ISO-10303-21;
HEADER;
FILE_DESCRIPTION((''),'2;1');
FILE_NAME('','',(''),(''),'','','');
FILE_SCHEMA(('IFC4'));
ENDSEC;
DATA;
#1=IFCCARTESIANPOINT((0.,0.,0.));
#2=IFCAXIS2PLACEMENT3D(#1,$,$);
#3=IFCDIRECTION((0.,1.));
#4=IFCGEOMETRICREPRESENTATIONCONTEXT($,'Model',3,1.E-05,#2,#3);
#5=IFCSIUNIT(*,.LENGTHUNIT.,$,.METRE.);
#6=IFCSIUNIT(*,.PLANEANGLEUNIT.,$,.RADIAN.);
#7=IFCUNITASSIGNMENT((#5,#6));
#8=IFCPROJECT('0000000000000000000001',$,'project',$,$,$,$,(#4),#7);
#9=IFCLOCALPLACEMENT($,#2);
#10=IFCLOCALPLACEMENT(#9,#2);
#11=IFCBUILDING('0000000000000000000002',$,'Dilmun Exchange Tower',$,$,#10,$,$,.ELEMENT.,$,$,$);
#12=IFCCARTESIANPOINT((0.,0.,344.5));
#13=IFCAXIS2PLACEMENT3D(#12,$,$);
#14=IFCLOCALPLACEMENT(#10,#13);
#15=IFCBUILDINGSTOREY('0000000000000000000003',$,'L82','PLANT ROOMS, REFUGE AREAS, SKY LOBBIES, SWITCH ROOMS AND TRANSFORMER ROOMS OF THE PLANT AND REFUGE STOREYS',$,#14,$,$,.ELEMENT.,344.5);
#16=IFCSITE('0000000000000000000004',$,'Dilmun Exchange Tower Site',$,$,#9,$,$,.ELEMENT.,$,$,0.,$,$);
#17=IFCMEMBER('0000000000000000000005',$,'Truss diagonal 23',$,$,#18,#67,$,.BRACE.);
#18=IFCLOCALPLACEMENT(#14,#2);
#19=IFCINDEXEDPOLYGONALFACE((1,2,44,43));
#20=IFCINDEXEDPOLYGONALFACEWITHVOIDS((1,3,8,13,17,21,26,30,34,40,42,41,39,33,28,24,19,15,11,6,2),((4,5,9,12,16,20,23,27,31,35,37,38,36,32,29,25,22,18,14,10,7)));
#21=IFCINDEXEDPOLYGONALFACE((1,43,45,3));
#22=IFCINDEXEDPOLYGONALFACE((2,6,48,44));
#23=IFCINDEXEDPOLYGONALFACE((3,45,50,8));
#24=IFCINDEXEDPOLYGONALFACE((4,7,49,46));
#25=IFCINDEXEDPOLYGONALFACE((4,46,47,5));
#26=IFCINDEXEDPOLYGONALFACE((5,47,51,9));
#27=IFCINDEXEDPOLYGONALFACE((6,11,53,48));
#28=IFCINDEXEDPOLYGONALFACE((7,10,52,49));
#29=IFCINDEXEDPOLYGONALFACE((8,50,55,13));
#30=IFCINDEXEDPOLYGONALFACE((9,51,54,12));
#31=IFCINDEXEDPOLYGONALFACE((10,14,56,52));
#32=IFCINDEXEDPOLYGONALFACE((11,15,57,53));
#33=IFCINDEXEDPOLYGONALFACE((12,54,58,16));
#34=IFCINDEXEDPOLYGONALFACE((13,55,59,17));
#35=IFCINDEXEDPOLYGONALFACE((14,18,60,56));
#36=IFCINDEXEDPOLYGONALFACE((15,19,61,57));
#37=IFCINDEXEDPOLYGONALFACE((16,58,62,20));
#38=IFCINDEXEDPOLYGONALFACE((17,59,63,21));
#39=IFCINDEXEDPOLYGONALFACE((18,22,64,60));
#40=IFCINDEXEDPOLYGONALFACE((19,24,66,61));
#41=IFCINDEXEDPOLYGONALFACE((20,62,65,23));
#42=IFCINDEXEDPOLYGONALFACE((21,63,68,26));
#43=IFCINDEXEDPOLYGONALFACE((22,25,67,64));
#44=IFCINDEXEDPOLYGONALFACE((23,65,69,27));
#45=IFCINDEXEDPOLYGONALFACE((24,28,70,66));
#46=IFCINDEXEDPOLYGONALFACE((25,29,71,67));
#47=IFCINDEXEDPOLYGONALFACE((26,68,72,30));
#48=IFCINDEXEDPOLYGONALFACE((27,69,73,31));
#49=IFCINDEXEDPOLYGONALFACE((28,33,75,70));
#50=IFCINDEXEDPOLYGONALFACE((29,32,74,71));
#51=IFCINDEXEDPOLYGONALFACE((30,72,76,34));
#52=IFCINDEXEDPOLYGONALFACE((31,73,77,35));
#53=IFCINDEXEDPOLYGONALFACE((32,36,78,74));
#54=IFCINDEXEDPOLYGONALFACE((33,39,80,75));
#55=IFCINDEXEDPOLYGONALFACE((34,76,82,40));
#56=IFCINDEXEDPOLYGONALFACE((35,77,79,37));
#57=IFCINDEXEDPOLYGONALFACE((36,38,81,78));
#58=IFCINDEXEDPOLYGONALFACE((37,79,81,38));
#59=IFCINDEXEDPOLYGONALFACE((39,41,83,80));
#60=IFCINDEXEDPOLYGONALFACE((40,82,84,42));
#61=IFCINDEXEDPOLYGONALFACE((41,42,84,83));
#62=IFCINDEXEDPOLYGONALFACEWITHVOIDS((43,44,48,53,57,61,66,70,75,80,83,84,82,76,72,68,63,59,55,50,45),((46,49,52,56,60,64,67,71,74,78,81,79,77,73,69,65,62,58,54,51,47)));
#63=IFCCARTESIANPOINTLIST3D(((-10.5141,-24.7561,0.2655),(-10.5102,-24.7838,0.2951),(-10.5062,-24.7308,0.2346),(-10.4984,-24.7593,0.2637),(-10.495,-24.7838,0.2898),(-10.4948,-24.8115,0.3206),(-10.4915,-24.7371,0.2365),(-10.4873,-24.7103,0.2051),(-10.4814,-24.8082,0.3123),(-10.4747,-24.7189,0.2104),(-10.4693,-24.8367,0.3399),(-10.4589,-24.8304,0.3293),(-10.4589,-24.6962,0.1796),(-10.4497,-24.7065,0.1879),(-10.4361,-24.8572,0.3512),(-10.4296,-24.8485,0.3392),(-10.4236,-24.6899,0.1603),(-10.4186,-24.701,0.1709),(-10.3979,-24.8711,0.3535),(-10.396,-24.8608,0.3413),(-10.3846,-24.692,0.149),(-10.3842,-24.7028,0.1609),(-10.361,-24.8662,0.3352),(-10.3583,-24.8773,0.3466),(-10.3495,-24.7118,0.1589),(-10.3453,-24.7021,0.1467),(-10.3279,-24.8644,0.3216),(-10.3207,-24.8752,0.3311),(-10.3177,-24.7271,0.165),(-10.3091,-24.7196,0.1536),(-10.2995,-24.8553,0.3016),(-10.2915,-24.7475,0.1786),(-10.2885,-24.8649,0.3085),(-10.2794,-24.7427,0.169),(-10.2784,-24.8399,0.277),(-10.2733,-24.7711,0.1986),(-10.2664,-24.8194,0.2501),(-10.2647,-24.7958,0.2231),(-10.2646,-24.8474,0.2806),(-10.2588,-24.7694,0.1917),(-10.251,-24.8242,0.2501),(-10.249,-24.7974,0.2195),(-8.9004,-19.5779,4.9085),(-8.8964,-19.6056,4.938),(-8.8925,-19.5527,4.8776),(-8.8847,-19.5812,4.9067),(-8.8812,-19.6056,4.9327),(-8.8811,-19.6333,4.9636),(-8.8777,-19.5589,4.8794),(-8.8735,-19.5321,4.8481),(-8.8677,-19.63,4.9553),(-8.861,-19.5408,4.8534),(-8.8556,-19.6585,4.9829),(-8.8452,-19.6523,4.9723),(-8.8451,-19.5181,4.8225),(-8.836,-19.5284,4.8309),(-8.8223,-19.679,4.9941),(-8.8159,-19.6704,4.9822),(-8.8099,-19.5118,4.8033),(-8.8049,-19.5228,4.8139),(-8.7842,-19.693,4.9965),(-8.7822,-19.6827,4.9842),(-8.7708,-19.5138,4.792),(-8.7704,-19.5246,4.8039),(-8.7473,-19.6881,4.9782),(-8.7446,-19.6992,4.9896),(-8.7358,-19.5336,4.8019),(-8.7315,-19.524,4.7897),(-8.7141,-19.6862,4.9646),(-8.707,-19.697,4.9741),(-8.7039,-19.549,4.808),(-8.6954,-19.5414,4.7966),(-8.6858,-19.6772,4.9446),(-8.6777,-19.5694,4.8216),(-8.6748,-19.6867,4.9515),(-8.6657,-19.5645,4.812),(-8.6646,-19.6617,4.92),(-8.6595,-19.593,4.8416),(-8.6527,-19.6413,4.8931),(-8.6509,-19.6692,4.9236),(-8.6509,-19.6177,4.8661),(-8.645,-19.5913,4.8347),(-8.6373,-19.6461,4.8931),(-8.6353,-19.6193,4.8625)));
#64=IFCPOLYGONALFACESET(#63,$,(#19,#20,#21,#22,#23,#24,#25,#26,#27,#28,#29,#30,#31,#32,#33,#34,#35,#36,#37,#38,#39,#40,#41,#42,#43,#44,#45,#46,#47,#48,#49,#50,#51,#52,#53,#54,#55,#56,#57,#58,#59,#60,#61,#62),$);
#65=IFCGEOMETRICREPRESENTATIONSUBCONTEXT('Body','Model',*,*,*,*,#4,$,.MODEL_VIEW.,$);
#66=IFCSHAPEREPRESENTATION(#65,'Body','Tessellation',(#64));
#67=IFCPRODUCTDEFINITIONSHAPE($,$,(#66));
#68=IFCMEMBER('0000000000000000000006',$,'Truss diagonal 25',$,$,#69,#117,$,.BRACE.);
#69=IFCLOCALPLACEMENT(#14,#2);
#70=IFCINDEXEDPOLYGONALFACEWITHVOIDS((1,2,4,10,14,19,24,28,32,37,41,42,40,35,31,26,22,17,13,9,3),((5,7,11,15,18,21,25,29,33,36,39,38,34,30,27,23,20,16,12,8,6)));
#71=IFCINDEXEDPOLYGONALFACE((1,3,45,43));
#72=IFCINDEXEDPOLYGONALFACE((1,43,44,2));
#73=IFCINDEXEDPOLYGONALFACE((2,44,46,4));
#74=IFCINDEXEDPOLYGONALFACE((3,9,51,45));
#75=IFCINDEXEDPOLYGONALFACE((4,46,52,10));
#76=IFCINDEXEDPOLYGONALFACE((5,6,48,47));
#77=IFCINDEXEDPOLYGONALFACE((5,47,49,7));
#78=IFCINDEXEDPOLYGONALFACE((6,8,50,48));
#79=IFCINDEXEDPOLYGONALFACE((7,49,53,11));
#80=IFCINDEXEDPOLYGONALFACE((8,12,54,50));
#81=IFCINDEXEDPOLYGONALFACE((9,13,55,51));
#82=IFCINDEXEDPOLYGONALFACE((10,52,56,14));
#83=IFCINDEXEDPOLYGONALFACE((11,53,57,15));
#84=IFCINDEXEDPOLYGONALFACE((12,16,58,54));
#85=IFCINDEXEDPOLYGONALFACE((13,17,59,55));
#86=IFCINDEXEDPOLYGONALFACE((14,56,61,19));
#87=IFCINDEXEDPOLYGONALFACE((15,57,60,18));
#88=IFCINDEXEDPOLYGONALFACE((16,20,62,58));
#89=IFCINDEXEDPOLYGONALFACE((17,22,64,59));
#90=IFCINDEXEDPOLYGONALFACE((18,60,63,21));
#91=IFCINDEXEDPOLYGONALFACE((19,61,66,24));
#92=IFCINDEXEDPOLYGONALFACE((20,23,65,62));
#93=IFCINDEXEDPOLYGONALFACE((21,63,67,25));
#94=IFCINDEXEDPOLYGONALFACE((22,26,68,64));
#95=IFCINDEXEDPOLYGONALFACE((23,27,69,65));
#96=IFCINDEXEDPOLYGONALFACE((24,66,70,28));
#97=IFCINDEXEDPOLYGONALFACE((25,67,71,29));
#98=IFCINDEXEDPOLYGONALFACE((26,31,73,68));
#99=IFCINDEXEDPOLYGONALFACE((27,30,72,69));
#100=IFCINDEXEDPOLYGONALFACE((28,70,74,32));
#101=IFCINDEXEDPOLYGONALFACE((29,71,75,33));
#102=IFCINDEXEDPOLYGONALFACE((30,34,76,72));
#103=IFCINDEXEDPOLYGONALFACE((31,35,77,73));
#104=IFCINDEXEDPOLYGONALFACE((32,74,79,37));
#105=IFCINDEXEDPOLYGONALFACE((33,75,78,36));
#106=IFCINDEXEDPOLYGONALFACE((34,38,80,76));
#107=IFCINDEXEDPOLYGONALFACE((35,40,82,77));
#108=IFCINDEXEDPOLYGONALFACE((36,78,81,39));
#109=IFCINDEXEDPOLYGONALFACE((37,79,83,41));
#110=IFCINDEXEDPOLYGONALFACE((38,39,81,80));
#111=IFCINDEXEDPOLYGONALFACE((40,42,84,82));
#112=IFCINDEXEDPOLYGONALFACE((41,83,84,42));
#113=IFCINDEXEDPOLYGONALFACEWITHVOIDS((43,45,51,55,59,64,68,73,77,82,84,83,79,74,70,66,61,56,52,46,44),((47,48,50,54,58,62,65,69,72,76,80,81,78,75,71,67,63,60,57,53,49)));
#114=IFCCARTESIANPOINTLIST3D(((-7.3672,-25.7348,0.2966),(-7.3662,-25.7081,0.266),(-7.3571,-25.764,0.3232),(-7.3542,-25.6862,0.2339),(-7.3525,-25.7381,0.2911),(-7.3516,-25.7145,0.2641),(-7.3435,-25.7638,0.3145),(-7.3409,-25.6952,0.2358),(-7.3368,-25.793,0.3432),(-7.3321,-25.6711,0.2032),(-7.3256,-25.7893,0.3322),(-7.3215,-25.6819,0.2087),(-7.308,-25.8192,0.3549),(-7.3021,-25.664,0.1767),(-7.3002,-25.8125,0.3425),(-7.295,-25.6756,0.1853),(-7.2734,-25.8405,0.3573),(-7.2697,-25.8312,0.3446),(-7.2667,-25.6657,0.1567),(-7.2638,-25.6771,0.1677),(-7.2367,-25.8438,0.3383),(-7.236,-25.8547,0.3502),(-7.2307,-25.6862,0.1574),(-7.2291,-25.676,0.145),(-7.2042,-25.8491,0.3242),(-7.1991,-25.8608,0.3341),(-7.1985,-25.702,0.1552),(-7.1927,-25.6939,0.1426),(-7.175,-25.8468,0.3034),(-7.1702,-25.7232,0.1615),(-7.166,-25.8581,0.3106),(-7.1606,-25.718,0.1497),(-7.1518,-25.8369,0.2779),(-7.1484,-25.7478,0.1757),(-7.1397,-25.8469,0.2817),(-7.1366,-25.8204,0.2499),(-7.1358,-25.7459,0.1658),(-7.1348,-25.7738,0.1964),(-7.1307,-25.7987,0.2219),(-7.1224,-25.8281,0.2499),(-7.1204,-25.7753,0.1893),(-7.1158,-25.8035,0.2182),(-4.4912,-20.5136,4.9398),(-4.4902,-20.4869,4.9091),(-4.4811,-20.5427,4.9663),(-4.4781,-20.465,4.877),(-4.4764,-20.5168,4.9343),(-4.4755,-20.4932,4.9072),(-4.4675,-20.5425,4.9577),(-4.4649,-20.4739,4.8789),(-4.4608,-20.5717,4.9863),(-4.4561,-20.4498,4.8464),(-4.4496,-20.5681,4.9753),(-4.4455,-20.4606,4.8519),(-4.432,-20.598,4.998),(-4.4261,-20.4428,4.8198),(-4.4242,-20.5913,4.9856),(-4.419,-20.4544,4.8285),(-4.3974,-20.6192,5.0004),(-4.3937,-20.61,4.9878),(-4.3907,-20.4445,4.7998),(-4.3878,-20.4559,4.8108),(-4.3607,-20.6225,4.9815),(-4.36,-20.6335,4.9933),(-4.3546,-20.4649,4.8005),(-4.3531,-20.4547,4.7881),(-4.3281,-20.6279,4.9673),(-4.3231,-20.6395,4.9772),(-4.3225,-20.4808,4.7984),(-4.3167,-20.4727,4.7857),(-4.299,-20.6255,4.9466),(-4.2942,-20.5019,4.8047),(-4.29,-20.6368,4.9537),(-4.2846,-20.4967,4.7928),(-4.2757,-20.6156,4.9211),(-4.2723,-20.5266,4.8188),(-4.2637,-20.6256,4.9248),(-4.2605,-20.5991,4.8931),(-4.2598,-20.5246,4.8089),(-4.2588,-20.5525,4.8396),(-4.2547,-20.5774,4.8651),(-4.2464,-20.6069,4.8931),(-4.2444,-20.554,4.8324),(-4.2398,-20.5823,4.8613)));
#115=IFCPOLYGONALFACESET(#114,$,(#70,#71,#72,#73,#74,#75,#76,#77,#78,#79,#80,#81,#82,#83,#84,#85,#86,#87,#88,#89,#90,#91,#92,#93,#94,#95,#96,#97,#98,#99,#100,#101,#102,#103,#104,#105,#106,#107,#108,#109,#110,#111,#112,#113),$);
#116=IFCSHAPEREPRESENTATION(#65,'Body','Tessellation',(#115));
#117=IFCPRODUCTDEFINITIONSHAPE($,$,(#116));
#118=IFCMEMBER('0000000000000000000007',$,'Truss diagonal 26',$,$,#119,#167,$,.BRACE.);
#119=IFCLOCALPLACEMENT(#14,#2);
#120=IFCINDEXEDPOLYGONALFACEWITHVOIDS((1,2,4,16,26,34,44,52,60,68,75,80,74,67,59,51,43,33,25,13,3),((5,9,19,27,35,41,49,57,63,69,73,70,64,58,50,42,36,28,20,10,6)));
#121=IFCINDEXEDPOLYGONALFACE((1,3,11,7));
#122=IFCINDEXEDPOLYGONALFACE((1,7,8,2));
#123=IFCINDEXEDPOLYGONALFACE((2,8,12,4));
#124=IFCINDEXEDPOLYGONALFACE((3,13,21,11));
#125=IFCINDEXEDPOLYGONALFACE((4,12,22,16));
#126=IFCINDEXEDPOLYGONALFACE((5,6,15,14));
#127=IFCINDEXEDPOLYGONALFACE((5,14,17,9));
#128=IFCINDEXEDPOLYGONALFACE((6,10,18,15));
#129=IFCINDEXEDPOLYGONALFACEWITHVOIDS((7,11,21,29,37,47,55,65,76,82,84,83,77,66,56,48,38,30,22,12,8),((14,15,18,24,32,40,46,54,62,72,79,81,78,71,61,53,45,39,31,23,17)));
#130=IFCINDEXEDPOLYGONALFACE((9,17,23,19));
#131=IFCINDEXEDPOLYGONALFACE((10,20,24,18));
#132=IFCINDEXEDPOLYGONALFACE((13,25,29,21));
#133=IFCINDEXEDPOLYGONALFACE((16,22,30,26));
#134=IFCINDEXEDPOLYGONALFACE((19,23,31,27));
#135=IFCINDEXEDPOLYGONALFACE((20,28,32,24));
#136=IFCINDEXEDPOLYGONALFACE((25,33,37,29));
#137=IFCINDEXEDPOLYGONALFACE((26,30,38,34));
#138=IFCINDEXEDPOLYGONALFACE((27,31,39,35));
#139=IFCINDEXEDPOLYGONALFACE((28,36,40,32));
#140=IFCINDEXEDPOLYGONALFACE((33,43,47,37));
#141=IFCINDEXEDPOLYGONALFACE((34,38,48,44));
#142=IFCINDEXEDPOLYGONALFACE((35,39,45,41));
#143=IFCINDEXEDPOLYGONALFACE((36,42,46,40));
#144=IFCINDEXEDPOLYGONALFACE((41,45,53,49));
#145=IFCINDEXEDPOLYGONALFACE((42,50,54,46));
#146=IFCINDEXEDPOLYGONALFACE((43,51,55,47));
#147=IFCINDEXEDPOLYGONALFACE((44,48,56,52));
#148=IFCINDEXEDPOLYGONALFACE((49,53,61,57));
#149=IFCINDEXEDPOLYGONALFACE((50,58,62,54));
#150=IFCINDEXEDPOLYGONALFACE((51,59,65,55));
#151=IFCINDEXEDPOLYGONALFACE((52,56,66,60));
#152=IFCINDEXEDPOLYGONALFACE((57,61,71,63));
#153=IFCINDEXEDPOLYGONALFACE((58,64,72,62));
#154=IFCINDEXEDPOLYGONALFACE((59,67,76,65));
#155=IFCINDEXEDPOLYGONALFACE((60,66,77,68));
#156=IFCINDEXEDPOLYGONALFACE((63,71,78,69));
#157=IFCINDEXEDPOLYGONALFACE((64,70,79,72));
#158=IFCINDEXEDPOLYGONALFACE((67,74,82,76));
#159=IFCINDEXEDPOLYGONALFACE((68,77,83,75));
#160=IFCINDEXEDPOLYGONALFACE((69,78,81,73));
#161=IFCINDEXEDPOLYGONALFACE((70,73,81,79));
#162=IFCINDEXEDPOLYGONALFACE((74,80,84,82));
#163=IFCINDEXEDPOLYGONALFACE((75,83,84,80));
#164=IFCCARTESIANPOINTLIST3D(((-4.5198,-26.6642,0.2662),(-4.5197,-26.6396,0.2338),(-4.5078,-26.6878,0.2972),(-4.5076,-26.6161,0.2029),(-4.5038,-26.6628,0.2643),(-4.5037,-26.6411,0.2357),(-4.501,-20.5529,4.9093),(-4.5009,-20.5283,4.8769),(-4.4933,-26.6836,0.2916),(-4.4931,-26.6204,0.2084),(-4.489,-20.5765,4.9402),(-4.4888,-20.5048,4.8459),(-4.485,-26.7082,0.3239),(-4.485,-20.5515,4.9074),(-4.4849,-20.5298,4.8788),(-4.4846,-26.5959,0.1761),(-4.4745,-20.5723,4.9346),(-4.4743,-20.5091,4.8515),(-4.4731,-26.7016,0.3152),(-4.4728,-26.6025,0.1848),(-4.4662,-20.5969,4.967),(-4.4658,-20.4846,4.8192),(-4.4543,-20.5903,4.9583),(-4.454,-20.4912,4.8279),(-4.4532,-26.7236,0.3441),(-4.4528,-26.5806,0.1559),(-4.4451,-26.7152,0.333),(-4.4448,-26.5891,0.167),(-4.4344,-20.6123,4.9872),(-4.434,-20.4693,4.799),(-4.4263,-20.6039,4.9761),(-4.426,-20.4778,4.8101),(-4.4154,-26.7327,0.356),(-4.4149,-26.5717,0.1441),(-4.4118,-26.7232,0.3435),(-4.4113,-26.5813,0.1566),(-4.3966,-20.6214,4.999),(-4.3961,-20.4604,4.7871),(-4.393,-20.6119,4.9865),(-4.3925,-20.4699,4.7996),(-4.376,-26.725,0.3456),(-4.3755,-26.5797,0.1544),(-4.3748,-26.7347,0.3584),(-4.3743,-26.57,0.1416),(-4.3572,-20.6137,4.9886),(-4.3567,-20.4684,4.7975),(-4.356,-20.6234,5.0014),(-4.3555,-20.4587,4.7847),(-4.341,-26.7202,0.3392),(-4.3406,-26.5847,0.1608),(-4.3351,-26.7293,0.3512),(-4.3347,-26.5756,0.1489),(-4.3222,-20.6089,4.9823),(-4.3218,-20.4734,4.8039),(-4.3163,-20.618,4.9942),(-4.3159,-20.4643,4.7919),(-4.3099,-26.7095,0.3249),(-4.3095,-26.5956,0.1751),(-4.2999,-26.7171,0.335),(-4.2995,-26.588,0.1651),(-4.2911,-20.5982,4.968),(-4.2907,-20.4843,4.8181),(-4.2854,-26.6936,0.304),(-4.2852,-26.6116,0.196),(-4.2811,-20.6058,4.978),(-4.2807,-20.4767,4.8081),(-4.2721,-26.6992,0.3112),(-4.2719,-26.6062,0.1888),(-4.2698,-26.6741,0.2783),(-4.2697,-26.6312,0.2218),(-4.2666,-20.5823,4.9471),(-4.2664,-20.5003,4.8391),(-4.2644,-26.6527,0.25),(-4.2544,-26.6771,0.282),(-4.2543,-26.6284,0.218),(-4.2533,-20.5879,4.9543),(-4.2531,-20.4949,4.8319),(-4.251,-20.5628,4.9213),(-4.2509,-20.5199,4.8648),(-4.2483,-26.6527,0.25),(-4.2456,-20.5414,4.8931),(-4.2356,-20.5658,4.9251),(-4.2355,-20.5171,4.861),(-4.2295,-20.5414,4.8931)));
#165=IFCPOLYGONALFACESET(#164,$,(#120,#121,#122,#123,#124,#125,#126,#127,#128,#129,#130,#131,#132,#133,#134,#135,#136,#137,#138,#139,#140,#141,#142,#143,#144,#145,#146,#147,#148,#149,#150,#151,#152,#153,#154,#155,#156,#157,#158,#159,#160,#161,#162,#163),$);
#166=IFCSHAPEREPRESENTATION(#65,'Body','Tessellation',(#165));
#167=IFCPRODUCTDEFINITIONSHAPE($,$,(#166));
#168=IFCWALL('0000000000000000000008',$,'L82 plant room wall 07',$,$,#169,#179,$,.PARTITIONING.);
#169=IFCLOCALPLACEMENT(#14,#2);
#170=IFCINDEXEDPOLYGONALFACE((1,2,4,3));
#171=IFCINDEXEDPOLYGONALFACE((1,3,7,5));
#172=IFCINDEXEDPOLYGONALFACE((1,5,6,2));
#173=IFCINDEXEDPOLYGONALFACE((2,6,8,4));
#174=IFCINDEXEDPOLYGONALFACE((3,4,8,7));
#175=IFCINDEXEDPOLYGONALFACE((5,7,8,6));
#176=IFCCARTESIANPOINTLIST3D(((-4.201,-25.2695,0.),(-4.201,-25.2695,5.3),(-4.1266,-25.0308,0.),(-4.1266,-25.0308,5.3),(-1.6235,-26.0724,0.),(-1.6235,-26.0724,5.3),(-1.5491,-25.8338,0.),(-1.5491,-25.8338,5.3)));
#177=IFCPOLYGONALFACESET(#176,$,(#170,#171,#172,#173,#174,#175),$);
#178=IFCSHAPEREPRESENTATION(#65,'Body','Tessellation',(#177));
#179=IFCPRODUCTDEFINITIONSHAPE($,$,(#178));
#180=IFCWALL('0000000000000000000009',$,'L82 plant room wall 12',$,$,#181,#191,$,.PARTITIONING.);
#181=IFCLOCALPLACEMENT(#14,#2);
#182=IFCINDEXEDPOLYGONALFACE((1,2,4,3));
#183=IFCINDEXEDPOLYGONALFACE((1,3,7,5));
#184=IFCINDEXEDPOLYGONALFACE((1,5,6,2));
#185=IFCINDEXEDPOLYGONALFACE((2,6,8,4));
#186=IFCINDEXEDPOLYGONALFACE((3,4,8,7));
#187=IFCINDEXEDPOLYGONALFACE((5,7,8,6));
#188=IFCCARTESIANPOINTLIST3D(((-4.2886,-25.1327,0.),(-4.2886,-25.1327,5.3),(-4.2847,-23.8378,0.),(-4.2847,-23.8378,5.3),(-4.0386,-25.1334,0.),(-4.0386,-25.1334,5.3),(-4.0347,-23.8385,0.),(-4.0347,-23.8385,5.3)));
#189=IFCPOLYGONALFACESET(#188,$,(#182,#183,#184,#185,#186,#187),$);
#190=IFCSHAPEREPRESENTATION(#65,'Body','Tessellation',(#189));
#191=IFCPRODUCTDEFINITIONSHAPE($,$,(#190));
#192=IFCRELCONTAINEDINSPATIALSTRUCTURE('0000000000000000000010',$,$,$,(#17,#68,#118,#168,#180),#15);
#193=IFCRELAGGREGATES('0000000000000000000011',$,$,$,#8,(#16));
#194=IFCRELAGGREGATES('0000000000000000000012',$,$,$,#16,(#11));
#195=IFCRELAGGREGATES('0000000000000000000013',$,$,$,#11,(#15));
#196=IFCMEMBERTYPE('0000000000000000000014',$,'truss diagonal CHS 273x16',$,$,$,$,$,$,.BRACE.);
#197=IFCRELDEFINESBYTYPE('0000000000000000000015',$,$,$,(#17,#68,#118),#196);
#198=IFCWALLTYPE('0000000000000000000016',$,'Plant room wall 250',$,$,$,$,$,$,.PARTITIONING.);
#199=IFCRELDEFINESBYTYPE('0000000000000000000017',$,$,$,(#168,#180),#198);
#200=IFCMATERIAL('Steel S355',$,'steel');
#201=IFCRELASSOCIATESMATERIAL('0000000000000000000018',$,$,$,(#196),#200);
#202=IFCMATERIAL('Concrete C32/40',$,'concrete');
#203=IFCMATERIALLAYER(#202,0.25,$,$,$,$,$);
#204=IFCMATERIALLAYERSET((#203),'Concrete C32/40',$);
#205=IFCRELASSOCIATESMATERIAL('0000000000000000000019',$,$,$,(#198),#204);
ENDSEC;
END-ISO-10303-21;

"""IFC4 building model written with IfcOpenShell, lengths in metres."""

from ifc_helpers import new_model, si_unit, direction, frame, frame_2d, origin, origin_2d, place, context, subcontext, project, spatial, rectangle, hollow_circle, extrude, material, layer, layer_set, material_profile, profile_set, type_object, element, save


model = new_model("IFC4")

# Units and contexts
model_context = context("Model", 3, precision=1e-05, world=origin(), true_north=direction((0.0, 1.0)))
body_context = subcontext(model_context, "Body", "Model", "MODEL_VIEW")
ifc_project = project(units=[si_unit("LENGTHUNIT", "METRE"), si_unit("PLANEANGLEUNIT", "RADIAN")], contexts=[model_context])

# Site, building, storey
site_placement = place(None, origin())
site = spatial("IfcSite", under=ifc_project, at=site_placement, Name="Dilmun Exchange Tower Site", CompositionType="ELEMENT", RefElevation=0.0)
building_placement = place(site_placement, origin())
building = spatial("IfcBuilding", under=site, at=building_placement, Name="Dilmun Exchange Tower", CompositionType="ELEMENT")
storey_placement = place(building_placement, frame((0.0, 0.0, 344.5)))
storey = spatial("IfcBuildingStorey", under=building, at=storey_placement, Name="L82", Description="PLANT ROOMS, REFUGE AREAS, SKY LOBBIES, SWITCH ROOMS AND TRANSFORMER ROOMS OF THE PLANT AND REFUGE STOREYS", CompositionType="ELEMENT", Elevation=344.5)

# Shared definitions
ifc_material_1 = material(Name="Steel S355", Category="steel")

# Members
ifc_material_profile_1 = material_profile(ifc_material_1, hollow_circle(Radius=0.1365, WallThickness=0.0161, at=origin_2d()), Name="CHS 273x16")
ifc_profile_set_1 = profile_set([ifc_material_profile_1], Name="Steel S355")
member_type = type_object("IfcMemberType", Name="truss diagonal CHS 273x16", PredefinedType="BRACE", material=ifc_profile_set_1)
member_1_placement = place(storey_placement, frame((-8.7676, -19.6055, 4.8931), z_axis=(-0.226025, -0.725265, -0.65031), x_axis=(0.954712, -0.297532, 0.0)))
element("IfcMember", 1, at=member_1_placement, inside=storey, type_object=member_type, Name="Truss diagonal 23", PredefinedType="BRACE", context=body_context, shape_type="SweptSolid", body=[
    extrude(hollow_circle(Radius=0.1365, WallThickness=0.0161, at=origin_2d()), origin(), (0.0, 0.0, 1.0), 7.1396),
])
member_2_placement = place(storey_placement, frame((-4.366, -20.541, 4.8931), z_axis=(-0.380632, -0.691017, -0.614503), x_axis=(0.87591, -0.482475, 0.0)))
element("IfcMember", 2, at=member_2_placement, inside=storey, type_object=member_type, Name="Truss diagonal 25", PredefinedType="BRACE", context=body_context, shape_type="SweptSolid", body=[
    extrude(hollow_circle(Radius=0.1365, WallThickness=0.0161, at=origin_2d()), origin(), (0.0, 0.0, 1.0), 7.5559),
])
member_3_placement = place(storey_placement, frame((-4.366, -20.541, 4.8931), z_axis=(-0.002449, -0.796257, -0.604954), x_axis=(0.999995, -0.003076, 0.0)))
element("IfcMember", 3, at=member_3_placement, inside=storey, type_object=member_type, Name="Truss diagonal 26", PredefinedType="BRACE", context=body_context, shape_type="SweptSolid", body=[
    extrude(hollow_circle(Radius=0.1365, WallThickness=0.0161, at=origin_2d()), origin(), (0.0, 0.0, 1.0), 7.675),
])

# Walls
ifc_material_2 = material(Name="Concrete C32/40", Category="concrete")
ifc_layer_1 = layer(ifc_material_2, 0.25)
ifc_layer_set_1 = layer_set([ifc_layer_1], Name="Concrete C32/40")
wall_type = type_object("IfcWallType", Name="Plant room wall 250", PredefinedType="PARTITIONING", material=ifc_layer_set_1)
wall_1_placement = place(storey_placement, frame((-4.1638, -25.1501, 0.0), z_axis=(0.0, 0.0, 1.0), x_axis=(0.954747, -0.29742, 0.0)))
element("IfcWall", 4, at=wall_1_placement, inside=storey, type_object=wall_type, Name="L82 plant room wall 07", PredefinedType="PARTITIONING", context=body_context, shape_type="SweptSolid", body=[
    extrude(rectangle(XDim=2.6997, YDim=0.25, at=frame_2d((1.3499, 0.0))), origin(), (0.0, 0.0, 1.0), 5.3),
])
wall_2_placement = place(storey_placement, frame((-4.1636, -25.1331, 0.0), z_axis=(0.0, 0.0, 1.0), x_axis=(0.003017, 0.999995, 0.0)))
element("IfcWall", 5, at=wall_2_placement, inside=storey, type_object=wall_type, Name="L82 plant room wall 12", PredefinedType="PARTITIONING", context=body_context, shape_type="SweptSolid", body=[
    extrude(rectangle(XDim=1.2949, YDim=0.25, at=frame_2d((0.6475, 0.0))), origin(), (0.0, 0.0, 1.0), 5.3),
])

save(model, "model.ifc")
